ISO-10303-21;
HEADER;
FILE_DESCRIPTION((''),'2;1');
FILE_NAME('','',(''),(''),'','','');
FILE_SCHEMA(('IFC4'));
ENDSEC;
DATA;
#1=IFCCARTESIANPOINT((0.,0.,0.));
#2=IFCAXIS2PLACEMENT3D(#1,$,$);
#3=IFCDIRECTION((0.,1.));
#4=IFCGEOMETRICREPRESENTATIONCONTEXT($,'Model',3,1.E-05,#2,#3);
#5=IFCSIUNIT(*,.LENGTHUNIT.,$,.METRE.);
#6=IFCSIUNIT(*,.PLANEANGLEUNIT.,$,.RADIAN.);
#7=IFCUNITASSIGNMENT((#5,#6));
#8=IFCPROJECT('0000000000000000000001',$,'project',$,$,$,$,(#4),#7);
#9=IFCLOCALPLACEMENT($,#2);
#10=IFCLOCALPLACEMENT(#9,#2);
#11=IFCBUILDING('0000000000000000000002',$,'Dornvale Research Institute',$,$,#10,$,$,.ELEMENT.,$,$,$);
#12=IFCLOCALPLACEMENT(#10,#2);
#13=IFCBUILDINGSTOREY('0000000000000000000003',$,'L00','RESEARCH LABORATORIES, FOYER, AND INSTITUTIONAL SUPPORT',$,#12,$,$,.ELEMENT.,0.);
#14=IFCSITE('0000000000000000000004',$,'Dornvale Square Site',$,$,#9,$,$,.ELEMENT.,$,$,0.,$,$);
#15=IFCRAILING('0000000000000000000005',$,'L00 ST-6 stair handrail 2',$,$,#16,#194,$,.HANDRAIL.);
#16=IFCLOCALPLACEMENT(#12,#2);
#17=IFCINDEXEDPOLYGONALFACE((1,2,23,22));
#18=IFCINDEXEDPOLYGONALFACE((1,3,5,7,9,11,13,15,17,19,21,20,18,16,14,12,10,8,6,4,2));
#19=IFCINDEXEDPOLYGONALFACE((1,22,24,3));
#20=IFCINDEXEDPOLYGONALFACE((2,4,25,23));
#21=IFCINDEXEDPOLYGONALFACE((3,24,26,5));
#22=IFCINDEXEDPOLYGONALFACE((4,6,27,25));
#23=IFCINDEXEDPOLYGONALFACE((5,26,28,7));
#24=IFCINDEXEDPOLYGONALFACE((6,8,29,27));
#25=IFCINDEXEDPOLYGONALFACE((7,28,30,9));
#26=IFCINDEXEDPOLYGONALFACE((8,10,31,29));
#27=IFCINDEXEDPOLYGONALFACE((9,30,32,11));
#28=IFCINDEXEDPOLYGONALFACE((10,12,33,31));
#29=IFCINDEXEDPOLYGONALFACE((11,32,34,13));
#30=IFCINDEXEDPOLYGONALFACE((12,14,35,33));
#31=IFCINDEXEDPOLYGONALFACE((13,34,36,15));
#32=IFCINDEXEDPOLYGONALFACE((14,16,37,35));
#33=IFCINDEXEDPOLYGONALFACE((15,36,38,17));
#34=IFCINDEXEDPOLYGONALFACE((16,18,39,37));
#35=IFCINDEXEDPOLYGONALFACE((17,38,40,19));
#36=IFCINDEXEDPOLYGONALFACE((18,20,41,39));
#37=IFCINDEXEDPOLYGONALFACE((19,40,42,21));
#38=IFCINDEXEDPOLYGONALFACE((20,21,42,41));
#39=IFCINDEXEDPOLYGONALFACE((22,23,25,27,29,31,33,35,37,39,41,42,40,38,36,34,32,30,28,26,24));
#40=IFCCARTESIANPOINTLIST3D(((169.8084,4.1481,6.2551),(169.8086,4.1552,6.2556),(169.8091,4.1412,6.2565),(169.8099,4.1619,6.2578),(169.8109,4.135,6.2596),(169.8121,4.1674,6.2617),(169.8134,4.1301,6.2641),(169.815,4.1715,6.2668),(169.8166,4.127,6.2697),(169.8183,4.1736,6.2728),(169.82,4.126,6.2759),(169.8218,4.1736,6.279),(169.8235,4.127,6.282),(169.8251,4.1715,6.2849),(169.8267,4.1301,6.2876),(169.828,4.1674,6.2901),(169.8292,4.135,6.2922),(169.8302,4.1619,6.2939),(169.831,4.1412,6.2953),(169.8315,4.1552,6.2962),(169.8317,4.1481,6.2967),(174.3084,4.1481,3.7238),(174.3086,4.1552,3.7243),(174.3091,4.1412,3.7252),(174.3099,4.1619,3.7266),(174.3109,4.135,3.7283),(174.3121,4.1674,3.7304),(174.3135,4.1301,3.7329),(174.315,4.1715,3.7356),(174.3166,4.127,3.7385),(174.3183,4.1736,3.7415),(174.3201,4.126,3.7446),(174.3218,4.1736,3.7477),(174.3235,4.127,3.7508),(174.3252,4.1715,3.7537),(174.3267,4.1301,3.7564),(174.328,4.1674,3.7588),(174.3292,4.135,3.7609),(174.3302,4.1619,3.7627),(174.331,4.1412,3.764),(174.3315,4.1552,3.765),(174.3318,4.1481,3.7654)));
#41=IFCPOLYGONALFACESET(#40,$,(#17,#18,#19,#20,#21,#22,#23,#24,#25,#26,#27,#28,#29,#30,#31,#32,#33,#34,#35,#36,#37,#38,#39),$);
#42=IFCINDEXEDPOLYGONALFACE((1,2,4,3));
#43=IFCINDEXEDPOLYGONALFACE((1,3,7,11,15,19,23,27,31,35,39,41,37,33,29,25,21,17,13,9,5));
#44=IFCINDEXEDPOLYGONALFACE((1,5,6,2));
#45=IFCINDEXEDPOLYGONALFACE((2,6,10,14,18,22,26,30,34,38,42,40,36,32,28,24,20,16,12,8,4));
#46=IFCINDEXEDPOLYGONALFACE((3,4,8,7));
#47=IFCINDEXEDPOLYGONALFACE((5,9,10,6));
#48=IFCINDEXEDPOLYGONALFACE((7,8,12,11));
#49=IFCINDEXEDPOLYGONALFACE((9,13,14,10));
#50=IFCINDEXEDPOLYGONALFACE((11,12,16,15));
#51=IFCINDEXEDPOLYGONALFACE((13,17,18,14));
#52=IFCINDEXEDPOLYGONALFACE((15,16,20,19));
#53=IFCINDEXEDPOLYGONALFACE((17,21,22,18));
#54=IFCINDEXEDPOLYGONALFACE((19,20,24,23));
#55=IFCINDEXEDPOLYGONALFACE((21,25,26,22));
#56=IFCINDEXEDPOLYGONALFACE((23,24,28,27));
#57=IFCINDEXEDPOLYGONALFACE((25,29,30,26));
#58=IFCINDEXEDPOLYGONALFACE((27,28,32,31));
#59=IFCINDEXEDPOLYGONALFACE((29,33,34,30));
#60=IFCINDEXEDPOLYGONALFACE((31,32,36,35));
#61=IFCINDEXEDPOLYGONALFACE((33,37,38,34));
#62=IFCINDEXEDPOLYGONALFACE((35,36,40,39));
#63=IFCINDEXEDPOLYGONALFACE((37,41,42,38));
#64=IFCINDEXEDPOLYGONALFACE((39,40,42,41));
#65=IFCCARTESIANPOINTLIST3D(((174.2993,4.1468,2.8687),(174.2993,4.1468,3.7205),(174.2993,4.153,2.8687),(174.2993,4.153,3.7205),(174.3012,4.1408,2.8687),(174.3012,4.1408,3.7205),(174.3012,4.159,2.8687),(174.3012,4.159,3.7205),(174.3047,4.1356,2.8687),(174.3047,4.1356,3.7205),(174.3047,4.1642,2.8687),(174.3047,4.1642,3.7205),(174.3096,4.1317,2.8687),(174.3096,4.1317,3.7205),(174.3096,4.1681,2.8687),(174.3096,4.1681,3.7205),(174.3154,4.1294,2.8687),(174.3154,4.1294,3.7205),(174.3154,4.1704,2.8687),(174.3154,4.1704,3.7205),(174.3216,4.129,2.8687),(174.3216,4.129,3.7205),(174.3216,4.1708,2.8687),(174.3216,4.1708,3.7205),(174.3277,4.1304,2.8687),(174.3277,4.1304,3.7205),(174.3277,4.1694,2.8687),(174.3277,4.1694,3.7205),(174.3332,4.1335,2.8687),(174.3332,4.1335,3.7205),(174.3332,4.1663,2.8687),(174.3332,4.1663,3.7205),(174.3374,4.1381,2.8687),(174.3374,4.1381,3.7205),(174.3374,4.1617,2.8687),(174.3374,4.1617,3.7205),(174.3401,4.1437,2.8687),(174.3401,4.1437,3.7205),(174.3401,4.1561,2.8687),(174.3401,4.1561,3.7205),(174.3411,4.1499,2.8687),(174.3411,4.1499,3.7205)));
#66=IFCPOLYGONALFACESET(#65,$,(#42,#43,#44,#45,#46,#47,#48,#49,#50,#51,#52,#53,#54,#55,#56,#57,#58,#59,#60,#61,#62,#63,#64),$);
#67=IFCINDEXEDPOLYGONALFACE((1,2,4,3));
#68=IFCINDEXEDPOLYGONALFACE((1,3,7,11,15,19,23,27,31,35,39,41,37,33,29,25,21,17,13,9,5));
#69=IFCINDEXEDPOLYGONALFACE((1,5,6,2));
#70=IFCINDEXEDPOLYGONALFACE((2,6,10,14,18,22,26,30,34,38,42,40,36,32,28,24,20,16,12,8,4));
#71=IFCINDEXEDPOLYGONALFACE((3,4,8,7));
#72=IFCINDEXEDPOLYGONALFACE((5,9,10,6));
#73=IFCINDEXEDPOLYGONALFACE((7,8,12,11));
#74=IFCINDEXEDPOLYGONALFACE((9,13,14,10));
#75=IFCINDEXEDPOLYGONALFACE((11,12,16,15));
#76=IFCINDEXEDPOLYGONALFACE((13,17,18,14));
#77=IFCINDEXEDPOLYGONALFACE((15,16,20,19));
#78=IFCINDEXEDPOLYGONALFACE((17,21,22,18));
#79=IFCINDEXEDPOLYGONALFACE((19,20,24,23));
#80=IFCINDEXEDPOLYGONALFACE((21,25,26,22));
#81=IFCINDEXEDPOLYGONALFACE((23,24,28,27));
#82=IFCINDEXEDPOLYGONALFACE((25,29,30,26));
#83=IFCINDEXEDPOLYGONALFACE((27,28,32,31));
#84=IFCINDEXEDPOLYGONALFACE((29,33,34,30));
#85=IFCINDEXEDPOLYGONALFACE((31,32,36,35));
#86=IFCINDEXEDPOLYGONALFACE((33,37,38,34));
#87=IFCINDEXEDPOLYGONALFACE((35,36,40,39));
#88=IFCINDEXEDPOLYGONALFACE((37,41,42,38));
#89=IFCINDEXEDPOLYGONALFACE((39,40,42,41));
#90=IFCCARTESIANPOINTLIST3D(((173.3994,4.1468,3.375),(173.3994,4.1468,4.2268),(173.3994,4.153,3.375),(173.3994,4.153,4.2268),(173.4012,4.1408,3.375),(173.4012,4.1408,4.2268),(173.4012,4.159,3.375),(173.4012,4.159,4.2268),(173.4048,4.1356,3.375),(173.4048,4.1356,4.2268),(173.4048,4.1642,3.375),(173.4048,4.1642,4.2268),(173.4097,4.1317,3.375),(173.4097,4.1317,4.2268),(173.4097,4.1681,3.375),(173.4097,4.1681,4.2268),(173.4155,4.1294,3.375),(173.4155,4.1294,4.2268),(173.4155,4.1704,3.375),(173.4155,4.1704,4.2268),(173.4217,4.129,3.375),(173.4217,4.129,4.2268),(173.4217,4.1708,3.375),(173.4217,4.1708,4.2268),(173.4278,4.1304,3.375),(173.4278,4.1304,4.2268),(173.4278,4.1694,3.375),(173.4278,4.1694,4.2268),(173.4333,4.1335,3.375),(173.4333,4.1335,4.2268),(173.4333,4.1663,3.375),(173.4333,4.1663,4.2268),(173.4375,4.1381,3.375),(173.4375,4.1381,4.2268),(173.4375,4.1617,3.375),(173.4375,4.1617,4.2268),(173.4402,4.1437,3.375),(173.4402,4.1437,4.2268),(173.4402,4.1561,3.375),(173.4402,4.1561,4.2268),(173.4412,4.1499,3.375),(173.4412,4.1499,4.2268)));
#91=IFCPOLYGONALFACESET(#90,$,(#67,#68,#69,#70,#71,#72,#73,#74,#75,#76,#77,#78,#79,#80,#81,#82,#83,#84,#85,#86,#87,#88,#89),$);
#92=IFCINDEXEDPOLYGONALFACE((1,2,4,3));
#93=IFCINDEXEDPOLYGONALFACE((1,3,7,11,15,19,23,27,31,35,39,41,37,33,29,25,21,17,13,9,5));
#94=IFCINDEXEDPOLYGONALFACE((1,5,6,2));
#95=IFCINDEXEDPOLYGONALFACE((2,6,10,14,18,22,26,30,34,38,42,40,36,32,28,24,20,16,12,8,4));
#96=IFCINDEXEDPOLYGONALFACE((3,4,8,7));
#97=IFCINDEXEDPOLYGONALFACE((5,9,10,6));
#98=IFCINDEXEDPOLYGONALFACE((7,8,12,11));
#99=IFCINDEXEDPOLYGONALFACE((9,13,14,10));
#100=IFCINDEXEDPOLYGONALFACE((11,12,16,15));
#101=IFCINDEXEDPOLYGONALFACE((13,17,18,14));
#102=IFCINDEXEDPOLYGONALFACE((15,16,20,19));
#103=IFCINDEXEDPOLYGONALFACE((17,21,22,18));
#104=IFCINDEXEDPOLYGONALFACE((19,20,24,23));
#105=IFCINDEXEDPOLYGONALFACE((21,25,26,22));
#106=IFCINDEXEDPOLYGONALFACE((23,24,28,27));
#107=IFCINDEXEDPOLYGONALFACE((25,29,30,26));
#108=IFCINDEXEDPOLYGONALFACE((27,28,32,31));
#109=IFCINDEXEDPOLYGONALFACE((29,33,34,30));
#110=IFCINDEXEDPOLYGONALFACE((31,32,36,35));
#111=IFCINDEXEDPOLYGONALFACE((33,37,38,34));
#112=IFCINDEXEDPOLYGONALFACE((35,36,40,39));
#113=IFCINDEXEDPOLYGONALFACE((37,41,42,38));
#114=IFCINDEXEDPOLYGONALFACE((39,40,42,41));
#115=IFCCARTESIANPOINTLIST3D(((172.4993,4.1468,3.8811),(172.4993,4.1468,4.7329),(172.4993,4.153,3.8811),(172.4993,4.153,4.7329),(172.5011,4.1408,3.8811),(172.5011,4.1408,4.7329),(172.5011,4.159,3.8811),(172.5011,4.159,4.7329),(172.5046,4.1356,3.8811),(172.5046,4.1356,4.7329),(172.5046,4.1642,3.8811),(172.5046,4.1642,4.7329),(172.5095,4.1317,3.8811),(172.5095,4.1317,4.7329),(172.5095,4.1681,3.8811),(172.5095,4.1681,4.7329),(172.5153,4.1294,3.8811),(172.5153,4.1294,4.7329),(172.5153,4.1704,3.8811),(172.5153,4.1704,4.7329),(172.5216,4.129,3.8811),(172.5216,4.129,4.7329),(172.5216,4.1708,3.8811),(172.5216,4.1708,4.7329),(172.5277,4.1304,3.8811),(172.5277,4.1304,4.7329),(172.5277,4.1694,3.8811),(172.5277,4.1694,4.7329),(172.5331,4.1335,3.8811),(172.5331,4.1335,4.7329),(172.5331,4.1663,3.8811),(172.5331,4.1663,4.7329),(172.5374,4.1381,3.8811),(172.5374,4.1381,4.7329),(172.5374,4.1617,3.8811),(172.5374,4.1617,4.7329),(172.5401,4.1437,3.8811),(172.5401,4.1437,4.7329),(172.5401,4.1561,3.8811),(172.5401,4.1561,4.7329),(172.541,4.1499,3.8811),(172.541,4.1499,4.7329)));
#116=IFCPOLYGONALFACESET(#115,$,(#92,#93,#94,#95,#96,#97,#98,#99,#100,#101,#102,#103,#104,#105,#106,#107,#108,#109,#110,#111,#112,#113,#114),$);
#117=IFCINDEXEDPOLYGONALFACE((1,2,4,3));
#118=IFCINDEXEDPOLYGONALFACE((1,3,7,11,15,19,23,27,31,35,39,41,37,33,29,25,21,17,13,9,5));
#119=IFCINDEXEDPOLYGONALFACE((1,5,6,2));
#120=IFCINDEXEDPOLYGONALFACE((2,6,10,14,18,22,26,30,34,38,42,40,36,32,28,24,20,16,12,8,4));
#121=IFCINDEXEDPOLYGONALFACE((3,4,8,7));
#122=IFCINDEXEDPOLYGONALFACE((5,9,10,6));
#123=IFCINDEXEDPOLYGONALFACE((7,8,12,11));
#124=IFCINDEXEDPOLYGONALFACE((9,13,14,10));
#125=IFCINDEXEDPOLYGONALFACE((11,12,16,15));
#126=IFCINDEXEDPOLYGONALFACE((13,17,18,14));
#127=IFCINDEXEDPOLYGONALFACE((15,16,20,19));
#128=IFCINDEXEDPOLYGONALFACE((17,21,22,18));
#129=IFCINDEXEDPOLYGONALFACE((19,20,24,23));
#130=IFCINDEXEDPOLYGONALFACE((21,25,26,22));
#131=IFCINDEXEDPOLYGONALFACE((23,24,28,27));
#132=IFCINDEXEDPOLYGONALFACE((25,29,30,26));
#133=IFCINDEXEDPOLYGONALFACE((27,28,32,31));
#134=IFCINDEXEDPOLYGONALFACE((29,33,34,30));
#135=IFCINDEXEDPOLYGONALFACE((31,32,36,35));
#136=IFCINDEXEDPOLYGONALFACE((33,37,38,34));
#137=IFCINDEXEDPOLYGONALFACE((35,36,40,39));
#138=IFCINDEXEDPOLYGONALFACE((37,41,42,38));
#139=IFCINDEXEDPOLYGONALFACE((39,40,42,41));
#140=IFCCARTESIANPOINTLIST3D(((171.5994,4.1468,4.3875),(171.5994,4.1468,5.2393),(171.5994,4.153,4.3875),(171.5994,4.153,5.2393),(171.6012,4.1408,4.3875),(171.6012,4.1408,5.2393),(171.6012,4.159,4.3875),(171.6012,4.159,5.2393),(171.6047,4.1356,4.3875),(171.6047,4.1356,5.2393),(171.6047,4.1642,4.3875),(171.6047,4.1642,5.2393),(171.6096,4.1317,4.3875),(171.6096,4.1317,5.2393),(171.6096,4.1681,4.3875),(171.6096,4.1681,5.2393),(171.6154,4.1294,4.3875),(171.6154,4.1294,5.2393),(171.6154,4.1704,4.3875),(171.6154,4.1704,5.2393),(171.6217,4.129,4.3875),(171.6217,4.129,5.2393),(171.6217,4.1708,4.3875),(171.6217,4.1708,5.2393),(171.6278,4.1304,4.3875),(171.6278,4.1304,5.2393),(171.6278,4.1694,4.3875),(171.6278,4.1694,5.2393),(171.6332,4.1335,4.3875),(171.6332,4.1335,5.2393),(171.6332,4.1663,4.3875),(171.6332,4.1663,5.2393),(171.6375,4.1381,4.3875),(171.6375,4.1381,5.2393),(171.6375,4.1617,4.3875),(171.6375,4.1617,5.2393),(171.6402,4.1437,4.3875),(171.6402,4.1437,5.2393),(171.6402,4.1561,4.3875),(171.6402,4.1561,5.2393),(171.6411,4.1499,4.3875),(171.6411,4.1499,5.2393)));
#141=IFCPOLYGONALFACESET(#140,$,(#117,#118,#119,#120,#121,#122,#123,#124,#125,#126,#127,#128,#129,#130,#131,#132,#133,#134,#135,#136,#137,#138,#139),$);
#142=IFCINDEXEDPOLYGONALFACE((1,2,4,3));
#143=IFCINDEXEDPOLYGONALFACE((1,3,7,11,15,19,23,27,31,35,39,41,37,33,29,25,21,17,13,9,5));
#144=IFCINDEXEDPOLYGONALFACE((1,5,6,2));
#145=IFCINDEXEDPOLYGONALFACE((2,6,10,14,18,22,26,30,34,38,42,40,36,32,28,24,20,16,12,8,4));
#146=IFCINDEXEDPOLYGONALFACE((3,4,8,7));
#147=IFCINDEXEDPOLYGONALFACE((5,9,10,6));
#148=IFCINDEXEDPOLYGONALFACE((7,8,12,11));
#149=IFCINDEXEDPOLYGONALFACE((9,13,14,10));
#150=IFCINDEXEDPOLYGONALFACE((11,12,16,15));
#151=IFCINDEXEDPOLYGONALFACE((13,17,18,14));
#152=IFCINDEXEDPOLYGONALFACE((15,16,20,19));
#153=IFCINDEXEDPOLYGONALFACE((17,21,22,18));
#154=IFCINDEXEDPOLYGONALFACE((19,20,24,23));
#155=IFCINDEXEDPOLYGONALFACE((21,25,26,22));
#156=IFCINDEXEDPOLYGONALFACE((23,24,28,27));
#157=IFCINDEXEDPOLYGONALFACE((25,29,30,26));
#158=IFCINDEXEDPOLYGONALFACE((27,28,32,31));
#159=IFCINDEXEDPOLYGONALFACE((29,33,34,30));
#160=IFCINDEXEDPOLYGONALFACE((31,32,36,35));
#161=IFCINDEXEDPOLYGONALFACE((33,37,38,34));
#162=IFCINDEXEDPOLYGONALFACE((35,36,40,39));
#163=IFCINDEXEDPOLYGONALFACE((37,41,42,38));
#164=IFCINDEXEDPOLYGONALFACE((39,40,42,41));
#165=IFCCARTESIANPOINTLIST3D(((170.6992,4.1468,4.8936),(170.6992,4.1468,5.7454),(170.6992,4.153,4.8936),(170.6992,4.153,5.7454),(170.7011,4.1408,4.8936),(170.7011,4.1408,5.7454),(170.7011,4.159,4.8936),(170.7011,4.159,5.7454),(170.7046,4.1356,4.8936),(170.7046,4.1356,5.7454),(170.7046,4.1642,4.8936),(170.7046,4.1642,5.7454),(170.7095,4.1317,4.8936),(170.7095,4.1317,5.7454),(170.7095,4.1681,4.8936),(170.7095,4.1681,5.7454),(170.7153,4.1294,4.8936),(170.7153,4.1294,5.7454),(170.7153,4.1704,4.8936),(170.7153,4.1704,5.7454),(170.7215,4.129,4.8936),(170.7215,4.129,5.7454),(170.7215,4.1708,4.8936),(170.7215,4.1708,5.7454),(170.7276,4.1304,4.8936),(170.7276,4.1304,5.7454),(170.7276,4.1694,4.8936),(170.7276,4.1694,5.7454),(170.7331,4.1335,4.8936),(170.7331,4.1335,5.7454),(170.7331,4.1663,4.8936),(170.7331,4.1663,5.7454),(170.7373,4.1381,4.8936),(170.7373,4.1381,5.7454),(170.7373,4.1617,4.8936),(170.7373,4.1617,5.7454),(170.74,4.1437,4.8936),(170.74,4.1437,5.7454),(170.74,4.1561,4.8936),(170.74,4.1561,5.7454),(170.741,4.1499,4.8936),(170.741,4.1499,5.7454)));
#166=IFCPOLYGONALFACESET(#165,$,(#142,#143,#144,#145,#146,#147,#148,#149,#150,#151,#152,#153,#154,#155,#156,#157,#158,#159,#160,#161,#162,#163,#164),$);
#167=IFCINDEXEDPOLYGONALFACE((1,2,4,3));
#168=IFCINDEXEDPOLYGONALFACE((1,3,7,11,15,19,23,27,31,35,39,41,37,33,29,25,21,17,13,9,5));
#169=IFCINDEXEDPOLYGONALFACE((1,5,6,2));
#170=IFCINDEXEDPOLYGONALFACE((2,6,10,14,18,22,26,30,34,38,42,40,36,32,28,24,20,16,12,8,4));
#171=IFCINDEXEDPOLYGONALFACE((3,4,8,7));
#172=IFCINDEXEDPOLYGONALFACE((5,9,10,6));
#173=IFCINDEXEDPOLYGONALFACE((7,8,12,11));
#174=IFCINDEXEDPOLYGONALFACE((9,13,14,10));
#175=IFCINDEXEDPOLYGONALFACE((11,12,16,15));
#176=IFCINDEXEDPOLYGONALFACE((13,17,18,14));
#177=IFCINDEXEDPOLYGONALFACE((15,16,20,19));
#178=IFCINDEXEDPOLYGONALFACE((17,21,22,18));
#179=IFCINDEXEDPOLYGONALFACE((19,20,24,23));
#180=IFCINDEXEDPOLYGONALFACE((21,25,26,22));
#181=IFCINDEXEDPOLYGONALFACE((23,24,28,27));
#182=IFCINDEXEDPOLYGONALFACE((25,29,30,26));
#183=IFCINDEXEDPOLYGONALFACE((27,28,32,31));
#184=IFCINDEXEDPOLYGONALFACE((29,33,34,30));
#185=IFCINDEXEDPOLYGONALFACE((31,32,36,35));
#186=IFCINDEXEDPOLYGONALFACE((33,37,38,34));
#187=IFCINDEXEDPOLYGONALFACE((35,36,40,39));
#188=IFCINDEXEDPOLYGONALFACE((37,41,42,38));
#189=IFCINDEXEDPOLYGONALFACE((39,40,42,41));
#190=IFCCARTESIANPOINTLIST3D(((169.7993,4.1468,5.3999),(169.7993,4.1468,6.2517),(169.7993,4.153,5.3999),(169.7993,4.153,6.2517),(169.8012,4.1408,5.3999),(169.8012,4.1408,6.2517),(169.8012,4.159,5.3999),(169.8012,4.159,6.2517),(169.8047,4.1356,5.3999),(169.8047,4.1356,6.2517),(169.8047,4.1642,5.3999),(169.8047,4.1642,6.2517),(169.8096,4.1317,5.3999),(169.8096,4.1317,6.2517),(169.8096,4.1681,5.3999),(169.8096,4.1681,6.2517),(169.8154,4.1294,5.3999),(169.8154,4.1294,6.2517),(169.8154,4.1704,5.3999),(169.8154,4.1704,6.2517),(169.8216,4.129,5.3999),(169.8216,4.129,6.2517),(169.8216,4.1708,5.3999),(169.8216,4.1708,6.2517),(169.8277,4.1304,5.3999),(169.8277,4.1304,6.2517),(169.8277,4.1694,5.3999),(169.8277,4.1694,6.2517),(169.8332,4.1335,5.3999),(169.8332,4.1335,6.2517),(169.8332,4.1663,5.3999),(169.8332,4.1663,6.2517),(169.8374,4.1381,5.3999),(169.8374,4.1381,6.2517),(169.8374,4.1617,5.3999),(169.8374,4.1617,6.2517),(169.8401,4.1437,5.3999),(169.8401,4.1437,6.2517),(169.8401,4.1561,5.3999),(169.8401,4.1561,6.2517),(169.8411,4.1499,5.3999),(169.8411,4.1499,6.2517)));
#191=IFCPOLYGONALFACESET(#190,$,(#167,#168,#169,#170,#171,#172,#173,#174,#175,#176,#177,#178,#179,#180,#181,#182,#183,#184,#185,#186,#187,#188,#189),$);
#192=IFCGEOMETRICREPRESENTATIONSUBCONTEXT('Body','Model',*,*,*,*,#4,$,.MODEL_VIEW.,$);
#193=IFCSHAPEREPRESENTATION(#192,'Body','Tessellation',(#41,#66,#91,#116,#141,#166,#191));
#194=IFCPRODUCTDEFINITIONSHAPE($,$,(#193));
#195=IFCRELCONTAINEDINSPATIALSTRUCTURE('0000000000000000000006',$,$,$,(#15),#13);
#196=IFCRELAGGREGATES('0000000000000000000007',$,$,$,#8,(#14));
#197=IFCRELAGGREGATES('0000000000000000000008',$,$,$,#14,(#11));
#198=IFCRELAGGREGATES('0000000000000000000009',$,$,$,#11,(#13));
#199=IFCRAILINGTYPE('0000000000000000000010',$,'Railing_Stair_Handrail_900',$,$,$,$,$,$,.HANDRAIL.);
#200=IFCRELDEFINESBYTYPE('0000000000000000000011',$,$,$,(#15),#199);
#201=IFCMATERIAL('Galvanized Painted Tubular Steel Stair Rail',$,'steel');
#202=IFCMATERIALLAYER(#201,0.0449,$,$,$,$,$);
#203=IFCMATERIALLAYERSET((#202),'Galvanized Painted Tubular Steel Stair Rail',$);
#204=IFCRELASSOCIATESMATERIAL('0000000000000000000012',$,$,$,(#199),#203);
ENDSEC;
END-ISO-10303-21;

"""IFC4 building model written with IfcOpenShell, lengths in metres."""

from ifc_helpers import new_model, si_unit, direction, frame, origin, origin_2d, place, context, subcontext, project, spatial, circle, extrude, material, layer, layer_set, type_object, element, save


model = new_model("IFC4")

# Units and contexts
model_context = context("Model", 3, precision=1e-05, world=origin(), true_north=direction((0.0, 1.0)))
body_context = subcontext(model_context, "Body", "Model", "MODEL_VIEW")
ifc_project = project(units=[si_unit("LENGTHUNIT", "METRE"), si_unit("PLANEANGLEUNIT", "RADIAN")], contexts=[model_context])

# Site, building, storey
site_placement = place(None, origin())
site = spatial("IfcSite", under=ifc_project, at=site_placement, Name="Dornvale Square Site", CompositionType="ELEMENT", RefElevation=0.0)
building_placement = place(site_placement, origin())
building = spatial("IfcBuilding", under=site, at=building_placement, Name="Dornvale Research Institute", CompositionType="ELEMENT")
storey_placement = place(building_placement, origin())
storey = spatial("IfcBuildingStorey", under=building, at=storey_placement, Name="L00", Description="RESEARCH LABORATORIES, FOYER, AND INSTITUTIONAL SUPPORT", CompositionType="ELEMENT", Elevation=0.0)

# Railing
ifc_material_1 = material(Name="Galvanized Painted Tubular Steel Stair Rail", Category="steel")
ifc_layer_1 = layer(ifc_material_1, 0.0449)
ifc_layer_set_1 = layer_set([ifc_layer_1], Name="Galvanized Painted Tubular Steel Stair Rail")
railing_type_1 = type_object("IfcRailingType", Name="Railing_Stair_Handrail_900", PredefinedType="HANDRAIL", material=ifc_layer_set_1)
railing_1_placement = place(storey_placement, frame((174.3201, 4.1499, 2.8687)))
element("IfcRailing", 1, at=railing_1_placement, inside=storey, type_object=railing_type_1, Name="L00 ST-6 stair handrail 2", PredefinedType="HANDRAIL", context=body_context, shape_type="SweptSolid", body=[
    extrude(circle(Radius=0.0239, at=origin_2d()), frame((0.0, 0.0, 0.876), z_axis=(-0.871576, 0.0, 0.490261), x_axis=(0.0, -1.0, 0.0)), (0.0, 0.0, 1.0), 5.1631),
    extrude(circle(Radius=0.021, at=origin_2d()), origin(), (0.0, 0.0, 1.0), 0.8518),
    extrude(circle(Radius=0.021, at=origin_2d()), frame((-0.8999, 0.0, 0.5063)), (0.0, 0.0, 1.0), 0.8518),
    extrude(circle(Radius=0.021, at=origin_2d()), frame((-1.8, 0.0, 1.0125)), (0.0, 0.0, 1.0), 0.8518),
    extrude(circle(Radius=0.021, at=origin_2d()), frame((-2.7, 0.0, 1.5188)), (0.0, 0.0, 1.0), 0.8518),
    extrude(circle(Radius=0.021, at=origin_2d()), frame((-3.6001, 0.0, 2.0249)), (0.0, 0.0, 1.0), 0.8518),
    extrude(circle(Radius=0.021, at=origin_2d()), frame((-4.5, 0.0, 2.5312)), (0.0, 0.0, 1.0), 0.8518),
])

save(model, "model.ifc")
